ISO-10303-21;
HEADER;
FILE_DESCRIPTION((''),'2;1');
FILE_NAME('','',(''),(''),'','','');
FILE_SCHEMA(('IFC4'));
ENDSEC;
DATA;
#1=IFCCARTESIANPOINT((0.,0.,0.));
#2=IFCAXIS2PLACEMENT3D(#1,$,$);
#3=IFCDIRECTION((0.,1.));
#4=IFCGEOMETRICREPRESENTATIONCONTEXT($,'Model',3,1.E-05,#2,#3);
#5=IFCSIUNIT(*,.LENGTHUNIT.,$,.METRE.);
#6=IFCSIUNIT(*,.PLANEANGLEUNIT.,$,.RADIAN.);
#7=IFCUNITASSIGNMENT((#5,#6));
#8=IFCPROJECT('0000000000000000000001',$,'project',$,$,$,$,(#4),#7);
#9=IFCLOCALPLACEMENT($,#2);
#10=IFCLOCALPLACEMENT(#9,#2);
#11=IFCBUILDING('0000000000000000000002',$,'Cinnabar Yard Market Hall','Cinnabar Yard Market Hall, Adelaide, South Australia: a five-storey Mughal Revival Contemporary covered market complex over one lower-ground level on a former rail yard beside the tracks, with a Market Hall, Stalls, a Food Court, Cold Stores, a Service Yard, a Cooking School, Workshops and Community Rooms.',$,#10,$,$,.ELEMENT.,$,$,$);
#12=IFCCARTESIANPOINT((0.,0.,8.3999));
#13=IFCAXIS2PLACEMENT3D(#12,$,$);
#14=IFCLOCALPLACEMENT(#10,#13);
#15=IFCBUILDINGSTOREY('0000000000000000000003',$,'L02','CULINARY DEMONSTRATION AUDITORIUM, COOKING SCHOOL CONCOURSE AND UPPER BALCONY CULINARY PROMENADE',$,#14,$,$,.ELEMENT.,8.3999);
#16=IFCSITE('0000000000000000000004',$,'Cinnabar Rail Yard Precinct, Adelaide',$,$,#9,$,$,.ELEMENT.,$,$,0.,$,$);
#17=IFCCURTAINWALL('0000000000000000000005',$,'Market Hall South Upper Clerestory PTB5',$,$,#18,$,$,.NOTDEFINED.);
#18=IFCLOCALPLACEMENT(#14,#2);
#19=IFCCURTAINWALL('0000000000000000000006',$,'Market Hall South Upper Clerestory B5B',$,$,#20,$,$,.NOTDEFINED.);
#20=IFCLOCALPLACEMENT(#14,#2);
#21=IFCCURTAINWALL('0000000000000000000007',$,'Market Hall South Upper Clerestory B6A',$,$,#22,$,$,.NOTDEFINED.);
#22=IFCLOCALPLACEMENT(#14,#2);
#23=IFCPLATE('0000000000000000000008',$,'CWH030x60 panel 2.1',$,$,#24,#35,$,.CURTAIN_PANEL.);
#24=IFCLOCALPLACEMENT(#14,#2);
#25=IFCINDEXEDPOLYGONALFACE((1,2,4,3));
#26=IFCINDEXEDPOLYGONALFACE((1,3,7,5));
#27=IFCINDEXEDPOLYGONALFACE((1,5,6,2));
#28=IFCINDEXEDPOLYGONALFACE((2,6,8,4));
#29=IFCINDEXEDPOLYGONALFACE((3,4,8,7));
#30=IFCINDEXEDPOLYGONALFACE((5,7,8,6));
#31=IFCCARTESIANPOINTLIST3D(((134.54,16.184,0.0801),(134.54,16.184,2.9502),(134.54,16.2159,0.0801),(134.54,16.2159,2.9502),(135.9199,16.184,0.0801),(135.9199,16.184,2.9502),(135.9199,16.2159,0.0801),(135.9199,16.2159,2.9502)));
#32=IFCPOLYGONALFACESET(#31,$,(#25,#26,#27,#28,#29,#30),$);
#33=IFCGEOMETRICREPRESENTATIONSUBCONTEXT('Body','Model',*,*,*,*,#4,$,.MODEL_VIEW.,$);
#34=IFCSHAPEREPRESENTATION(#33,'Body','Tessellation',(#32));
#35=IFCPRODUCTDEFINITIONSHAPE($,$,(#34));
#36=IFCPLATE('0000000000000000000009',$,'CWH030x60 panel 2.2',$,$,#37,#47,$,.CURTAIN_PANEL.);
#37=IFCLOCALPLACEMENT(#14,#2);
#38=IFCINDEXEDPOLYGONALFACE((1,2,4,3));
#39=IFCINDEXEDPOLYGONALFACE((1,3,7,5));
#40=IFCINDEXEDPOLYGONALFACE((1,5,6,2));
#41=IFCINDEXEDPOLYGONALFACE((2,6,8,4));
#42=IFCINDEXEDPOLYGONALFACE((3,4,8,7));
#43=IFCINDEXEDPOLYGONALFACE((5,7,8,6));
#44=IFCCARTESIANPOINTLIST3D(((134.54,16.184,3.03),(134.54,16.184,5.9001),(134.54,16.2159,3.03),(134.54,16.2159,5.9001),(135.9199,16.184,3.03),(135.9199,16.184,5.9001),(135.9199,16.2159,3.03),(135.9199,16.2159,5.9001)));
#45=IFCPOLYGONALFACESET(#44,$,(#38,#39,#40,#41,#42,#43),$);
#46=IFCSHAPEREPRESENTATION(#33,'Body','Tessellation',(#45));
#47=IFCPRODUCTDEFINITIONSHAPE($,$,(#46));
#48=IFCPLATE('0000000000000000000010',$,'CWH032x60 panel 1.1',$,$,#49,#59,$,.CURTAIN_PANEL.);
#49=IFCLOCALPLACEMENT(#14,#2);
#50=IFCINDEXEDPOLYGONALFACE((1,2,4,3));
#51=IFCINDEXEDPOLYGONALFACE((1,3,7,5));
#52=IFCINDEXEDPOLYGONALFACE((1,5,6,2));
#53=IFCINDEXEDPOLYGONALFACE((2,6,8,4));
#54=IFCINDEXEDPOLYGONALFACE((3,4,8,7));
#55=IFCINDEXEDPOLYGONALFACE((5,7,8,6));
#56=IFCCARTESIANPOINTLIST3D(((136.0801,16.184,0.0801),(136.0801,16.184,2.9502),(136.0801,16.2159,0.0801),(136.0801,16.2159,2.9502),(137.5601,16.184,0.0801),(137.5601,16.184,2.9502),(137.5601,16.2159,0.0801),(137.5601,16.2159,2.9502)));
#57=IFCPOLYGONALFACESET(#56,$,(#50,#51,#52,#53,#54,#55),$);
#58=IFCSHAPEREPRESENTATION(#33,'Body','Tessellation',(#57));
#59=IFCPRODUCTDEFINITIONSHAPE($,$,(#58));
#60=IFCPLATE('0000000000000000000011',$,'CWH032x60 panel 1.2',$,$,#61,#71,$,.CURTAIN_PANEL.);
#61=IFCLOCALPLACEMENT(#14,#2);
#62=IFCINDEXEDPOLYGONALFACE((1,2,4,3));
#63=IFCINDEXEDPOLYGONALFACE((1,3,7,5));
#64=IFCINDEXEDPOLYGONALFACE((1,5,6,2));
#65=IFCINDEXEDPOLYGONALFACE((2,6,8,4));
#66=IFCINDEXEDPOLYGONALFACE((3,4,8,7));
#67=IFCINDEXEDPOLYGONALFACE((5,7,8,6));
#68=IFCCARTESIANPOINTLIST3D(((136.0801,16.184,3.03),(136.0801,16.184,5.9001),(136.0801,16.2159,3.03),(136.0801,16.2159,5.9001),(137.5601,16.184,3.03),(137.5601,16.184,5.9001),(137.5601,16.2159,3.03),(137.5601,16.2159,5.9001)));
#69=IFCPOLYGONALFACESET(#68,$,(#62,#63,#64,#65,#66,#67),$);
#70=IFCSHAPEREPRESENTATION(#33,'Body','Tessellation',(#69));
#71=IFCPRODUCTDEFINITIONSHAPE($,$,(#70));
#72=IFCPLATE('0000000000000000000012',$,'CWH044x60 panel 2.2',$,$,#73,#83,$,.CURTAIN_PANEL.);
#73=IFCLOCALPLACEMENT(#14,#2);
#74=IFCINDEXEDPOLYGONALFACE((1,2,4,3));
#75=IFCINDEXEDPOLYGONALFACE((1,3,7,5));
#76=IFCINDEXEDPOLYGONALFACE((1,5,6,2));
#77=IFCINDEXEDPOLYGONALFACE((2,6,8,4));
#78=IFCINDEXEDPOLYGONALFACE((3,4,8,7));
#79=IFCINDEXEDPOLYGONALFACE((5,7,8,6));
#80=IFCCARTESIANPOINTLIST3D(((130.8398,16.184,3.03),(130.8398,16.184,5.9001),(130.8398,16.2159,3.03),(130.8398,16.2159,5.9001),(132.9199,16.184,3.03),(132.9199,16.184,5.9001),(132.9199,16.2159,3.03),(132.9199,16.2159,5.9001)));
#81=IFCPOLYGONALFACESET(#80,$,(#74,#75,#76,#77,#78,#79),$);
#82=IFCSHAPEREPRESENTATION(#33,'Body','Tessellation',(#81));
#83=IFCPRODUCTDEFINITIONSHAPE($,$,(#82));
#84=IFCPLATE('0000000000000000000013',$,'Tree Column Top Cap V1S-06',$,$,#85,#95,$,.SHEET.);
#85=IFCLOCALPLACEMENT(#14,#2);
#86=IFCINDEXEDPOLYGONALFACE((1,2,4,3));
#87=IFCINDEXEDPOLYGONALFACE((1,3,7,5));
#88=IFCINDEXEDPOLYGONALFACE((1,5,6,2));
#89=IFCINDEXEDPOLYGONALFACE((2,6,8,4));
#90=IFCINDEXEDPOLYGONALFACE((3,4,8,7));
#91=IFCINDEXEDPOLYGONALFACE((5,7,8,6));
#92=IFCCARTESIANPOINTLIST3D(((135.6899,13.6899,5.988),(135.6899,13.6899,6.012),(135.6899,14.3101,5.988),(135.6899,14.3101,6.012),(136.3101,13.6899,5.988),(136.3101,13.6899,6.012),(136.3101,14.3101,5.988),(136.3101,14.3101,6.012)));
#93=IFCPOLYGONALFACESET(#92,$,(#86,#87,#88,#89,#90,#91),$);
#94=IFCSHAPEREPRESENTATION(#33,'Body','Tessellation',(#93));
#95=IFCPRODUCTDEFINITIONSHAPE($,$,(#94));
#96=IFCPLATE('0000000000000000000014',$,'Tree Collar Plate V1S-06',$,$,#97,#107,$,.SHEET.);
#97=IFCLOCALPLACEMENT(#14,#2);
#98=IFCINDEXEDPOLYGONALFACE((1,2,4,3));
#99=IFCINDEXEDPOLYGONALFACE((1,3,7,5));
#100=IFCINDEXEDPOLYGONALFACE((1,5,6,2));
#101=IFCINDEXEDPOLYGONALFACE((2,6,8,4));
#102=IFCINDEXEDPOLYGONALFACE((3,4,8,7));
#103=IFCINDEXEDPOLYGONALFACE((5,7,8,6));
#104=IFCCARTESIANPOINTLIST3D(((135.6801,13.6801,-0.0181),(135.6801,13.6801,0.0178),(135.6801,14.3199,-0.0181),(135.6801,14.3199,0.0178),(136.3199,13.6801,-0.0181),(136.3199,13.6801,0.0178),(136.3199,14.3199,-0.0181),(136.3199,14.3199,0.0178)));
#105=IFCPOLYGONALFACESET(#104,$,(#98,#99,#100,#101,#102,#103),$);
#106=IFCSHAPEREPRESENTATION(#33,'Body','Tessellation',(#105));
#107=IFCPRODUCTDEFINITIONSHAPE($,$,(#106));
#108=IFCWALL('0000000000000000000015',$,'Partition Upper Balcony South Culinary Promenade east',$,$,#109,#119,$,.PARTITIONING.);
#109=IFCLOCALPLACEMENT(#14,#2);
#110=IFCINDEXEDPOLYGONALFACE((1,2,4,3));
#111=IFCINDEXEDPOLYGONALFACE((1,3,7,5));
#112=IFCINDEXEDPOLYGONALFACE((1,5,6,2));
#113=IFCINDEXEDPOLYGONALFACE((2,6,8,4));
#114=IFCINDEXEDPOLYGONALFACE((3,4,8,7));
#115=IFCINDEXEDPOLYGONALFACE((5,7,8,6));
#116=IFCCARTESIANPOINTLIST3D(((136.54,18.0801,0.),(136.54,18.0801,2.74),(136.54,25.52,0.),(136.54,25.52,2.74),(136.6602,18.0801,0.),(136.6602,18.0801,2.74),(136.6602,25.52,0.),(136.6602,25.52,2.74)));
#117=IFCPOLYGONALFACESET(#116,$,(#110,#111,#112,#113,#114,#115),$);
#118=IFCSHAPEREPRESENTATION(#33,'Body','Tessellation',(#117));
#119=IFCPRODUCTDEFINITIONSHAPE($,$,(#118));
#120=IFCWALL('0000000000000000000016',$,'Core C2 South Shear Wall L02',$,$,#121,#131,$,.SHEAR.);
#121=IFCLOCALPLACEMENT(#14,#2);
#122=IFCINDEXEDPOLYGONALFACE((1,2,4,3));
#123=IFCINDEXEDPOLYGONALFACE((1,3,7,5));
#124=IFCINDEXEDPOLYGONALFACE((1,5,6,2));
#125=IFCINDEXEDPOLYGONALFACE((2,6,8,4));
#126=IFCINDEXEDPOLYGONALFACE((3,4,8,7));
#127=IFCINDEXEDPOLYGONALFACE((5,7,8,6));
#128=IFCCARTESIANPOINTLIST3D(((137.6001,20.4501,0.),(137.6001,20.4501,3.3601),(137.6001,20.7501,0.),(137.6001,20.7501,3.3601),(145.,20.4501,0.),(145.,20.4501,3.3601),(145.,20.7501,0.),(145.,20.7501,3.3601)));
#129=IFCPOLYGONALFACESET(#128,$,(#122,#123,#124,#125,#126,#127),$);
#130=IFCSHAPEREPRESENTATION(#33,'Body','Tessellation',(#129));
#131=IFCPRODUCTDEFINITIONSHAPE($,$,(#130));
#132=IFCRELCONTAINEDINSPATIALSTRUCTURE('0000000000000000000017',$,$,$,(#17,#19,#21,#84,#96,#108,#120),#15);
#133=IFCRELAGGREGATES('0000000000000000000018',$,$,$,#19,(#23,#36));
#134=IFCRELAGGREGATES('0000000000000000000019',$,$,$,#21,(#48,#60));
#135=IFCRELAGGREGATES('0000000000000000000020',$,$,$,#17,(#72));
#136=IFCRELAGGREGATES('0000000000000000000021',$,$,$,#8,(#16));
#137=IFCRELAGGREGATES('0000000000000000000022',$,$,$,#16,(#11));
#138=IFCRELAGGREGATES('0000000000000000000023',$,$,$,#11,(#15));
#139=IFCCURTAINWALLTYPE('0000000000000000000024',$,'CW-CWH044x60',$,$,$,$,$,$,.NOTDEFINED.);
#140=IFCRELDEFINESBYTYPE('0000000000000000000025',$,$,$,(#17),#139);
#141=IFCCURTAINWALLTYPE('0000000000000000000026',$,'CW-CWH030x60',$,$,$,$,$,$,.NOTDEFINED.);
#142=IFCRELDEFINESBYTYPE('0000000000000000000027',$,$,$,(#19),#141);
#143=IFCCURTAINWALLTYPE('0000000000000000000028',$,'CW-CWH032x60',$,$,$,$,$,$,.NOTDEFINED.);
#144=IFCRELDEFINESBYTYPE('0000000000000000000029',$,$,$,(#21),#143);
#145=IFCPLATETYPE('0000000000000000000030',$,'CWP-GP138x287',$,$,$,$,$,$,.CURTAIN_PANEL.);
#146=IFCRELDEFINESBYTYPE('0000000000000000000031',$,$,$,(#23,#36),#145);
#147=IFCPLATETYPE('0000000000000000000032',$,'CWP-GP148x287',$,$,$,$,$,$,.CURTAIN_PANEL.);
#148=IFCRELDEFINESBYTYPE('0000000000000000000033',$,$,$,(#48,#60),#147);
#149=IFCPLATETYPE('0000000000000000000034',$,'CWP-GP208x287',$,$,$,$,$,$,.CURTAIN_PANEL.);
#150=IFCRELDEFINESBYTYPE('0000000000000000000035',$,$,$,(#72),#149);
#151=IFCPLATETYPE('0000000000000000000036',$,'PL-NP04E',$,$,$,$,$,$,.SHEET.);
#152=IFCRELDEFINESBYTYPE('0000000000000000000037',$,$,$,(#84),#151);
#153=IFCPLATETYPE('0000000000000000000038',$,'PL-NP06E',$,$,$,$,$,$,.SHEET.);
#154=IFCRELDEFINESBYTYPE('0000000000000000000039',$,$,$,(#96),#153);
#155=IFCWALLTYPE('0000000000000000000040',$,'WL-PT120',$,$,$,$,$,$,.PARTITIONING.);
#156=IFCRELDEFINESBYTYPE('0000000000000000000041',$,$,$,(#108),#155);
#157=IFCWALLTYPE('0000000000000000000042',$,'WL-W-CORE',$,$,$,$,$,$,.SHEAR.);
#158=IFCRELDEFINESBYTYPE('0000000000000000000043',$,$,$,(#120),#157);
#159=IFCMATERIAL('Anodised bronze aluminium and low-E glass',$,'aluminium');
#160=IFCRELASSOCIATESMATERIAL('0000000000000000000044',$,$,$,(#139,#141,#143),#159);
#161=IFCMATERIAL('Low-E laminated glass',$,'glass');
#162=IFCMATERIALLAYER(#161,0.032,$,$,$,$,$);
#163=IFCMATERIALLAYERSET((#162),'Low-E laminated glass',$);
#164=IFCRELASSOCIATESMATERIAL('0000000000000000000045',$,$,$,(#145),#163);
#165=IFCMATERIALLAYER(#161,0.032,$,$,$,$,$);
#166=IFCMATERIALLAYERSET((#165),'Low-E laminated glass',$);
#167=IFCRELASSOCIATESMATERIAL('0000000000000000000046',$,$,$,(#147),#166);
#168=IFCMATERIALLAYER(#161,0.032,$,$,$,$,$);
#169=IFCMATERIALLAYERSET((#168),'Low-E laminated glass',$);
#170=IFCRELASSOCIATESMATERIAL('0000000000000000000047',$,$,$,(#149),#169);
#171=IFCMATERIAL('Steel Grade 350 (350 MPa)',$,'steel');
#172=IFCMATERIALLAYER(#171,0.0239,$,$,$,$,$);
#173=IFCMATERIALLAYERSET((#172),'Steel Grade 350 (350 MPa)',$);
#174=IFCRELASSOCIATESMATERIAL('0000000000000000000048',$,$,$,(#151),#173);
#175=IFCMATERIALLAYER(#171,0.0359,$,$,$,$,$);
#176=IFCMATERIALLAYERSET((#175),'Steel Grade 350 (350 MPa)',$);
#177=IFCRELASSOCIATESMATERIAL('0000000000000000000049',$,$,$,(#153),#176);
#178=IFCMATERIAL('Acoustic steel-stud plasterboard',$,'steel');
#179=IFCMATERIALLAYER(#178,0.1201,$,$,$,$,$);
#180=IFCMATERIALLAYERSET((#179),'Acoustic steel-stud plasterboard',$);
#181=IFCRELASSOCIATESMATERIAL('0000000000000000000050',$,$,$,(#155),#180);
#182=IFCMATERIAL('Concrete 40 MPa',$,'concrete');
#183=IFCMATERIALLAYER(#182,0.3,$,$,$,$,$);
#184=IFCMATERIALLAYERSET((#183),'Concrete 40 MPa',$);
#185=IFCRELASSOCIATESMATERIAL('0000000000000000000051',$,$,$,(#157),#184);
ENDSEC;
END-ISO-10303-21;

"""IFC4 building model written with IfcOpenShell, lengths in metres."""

from ifc_helpers import new_model, si_unit, direction, frame, frame_2d, origin, origin_2d_with_axis, place, context, subcontext, project, spatial, rectangle, extrude, material, layer, layer_set, type_object, element, aggregate, save


model = new_model("IFC4")

# Units and contexts
model_context = context("Model", 3, precision=1e-05, world=origin(), true_north=direction((0.0, 1.0)))
body_context = subcontext(model_context, "Body", "Model", "MODEL_VIEW")
ifc_project = project(units=[si_unit("LENGTHUNIT", "METRE"), si_unit("PLANEANGLEUNIT", "RADIAN")], contexts=[model_context])

# Site, building, storey
site_placement = place(None, origin())
site = spatial("IfcSite", under=ifc_project, at=site_placement, Name="Cinnabar Rail Yard Precinct, Adelaide", CompositionType="ELEMENT", RefElevation=0.0)
building_placement = place(site_placement, origin())
building = spatial("IfcBuilding", under=site, at=building_placement, Name="Cinnabar Yard Market Hall", Description="Cinnabar Yard Market Hall, Adelaide, South Australia: a five-storey Mughal Revival Contemporary covered market complex over one lower-ground level on a former rail yard beside the tracks, with a Market Hall, Stalls, a Food Court, Cold Stores, a Service Yard, a Cooking School, Workshops and Community Rooms.", CompositionType="ELEMENT")
storey_placement = place(building_placement, frame((0.0, 0.0, 8.3999)))
storey = spatial("IfcBuildingStorey", under=building, at=storey_placement, Name="L02", Description="CULINARY DEMONSTRATION AUDITORIUM, COOKING SCHOOL CONCOURSE AND UPPER BALCONY CULINARY PROMENADE", CompositionType="ELEMENT", Elevation=8.3999)

# Curtain wall
ifc_material_1 = material(Name="Anodised bronze aluminium and low-E glass", Category="aluminium")
curtain_wall_type_1 = type_object("IfcCurtainWallType", Name="CW-CWH044x60", PredefinedType="NOTDEFINED", material=ifc_material_1)
curtain_wall_1_placement = place(storey_placement, origin())
curtain_wall_1 = element("IfcCurtainWall", 1, at=curtain_wall_1_placement, inside=storey, type_object=curtain_wall_type_1, Name="Market Hall South Upper Clerestory PTB5", PredefinedType="NOTDEFINED")

# Curtain walls
curtain_wall_type_2 = type_object("IfcCurtainWallType", Name="CW-CWH030x60", PredefinedType="NOTDEFINED", material=ifc_material_1)
curtain_wall_2_placement = place(storey_placement, origin())
curtain_wall_2 = element("IfcCurtainWall", 2, at=curtain_wall_2_placement, inside=storey, type_object=curtain_wall_type_2, Name="Market Hall South Upper Clerestory B5B", PredefinedType="NOTDEFINED")
curtain_wall_type_3 = type_object("IfcCurtainWallType", Name="CW-CWH032x60", PredefinedType="NOTDEFINED", material=ifc_material_1)
curtain_wall_3_placement = place(storey_placement, origin())
curtain_wall_3 = element("IfcCurtainWall", 3, at=curtain_wall_3_placement, inside=storey, type_object=curtain_wall_type_3, Name="Market Hall South Upper Clerestory B6A", PredefinedType="NOTDEFINED")

# Plates
ifc_material_2 = material(Name="Low-E laminated glass", Category="glass")
ifc_layer_1 = layer(ifc_material_2, 0.032)
ifc_layer_set_1 = layer_set([ifc_layer_1], Name="Low-E laminated glass")
plate_type_1 = type_object("IfcPlateType", Name="CWP-GP138x287", PredefinedType="CURTAIN_PANEL", material=ifc_layer_set_1)
plate_1_placement = place(storey_placement, frame((135.23, 16.2, 0.0801), z_axis=(0.0, 0.0, 1.0), x_axis=(1.0, 0.0, 0.0)))
plate_1 = element("IfcPlate", 4, at=plate_1_placement, type_object=plate_type_1, Name="CWH030x60 panel 2.1", PredefinedType="CURTAIN_PANEL", context=body_context, shape_type="SweptSolid", body=[
    extrude(rectangle(XDim=1.3799, YDim=0.032, at=origin_2d_with_axis()), origin(), (0.0, 0.0, 1.0), 2.8701),
])
plate_2_placement = place(storey_placement, frame((135.23, 16.2, 3.03), z_axis=(0.0, 0.0, 1.0), x_axis=(1.0, 0.0, 0.0)))
plate_2 = element("IfcPlate", 5, at=plate_2_placement, type_object=plate_type_1, Name="CWH030x60 panel 2.2", PredefinedType="CURTAIN_PANEL", context=body_context, shape_type="SweptSolid", body=[
    extrude(rectangle(XDim=1.3799, YDim=0.032, at=origin_2d_with_axis()), origin(), (0.0, 0.0, 1.0), 2.8701),
])
aggregate(curtain_wall_2, [plate_1, plate_2])
ifc_layer_2 = layer(ifc_material_2, 0.032)
ifc_layer_set_2 = layer_set([ifc_layer_2], Name="Low-E laminated glass")
plate_type_2 = type_object("IfcPlateType", Name="CWP-GP148x287", PredefinedType="CURTAIN_PANEL", material=ifc_layer_set_2)
plate_3_placement = place(storey_placement, frame((136.8201, 16.2, 0.0801), z_axis=(0.0, 0.0, 1.0), x_axis=(1.0, 0.0, 0.0)))
plate_3 = element("IfcPlate", 6, at=plate_3_placement, type_object=plate_type_2, Name="CWH032x60 panel 1.1", PredefinedType="CURTAIN_PANEL", context=body_context, shape_type="SweptSolid", body=[
    extrude(rectangle(XDim=1.48, YDim=0.032, at=origin_2d_with_axis()), origin(), (0.0, 0.0, 1.0), 2.8701),
])
plate_4_placement = place(storey_placement, frame((136.8201, 16.2, 3.03), z_axis=(0.0, 0.0, 1.0), x_axis=(1.0, 0.0, 0.0)))
plate_4 = element("IfcPlate", 7, at=plate_4_placement, type_object=plate_type_2, Name="CWH032x60 panel 1.2", PredefinedType="CURTAIN_PANEL", context=body_context, shape_type="SweptSolid", body=[
    extrude(rectangle(XDim=1.48, YDim=0.032, at=origin_2d_with_axis()), origin(), (0.0, 0.0, 1.0), 2.8701),
])
aggregate(curtain_wall_3, [plate_3, plate_4])
ifc_layer_3 = layer(ifc_material_2, 0.032)
ifc_layer_set_3 = layer_set([ifc_layer_3], Name="Low-E laminated glass")
plate_type_3 = type_object("IfcPlateType", Name="CWP-GP208x287", PredefinedType="CURTAIN_PANEL", material=ifc_layer_set_3)
plate_5_placement = place(storey_placement, frame((131.8799, 16.2, 3.03), z_axis=(0.0, 0.0, 1.0), x_axis=(1.0, 0.0, 0.0)))
plate_5 = element("IfcPlate", 8, at=plate_5_placement, type_object=plate_type_3, Name="CWH044x60 panel 2.2", PredefinedType="CURTAIN_PANEL", context=body_context, shape_type="SweptSolid", body=[
    extrude(rectangle(XDim=2.0801, YDim=0.032, at=origin_2d_with_axis()), origin(), (0.0, 0.0, 1.0), 2.8701),
])
aggregate(curtain_wall_1, [plate_5])

# Plates
ifc_material_3 = material(Name="Steel Grade 350 (350 MPa)", Category="steel")
ifc_layer_4 = layer(ifc_material_3, 0.0239)
ifc_layer_set_4 = layer_set([ifc_layer_4], Name="Steel Grade 350 (350 MPa)")
plate_type_4 = type_object("IfcPlateType", Name="PL-NP04E", PredefinedType="SHEET", material=ifc_layer_set_4)
plate_6_placement = place(storey_placement, frame((136.0, 14.0, 5.988), z_axis=(0.0, 0.0, 1.0), x_axis=(1.0, 0.0, 0.0)))
element("IfcPlate", 9, at=plate_6_placement, inside=storey, type_object=plate_type_4, Name="Tree Column Top Cap V1S-06", PredefinedType="SHEET", context=body_context, shape_type="SweptSolid", body=[
    extrude(rectangle(XDim=0.6201, YDim=0.6201, at=origin_2d_with_axis()), origin(), (0.0, 0.0, 1.0), 0.0239),
])
ifc_layer_5 = layer(ifc_material_3, 0.0359)
ifc_layer_set_5 = layer_set([ifc_layer_5], Name="Steel Grade 350 (350 MPa)")
plate_type_5 = type_object("IfcPlateType", Name="PL-NP06E", PredefinedType="SHEET", material=ifc_layer_set_5)
plate_7_placement = place(storey_placement, frame((136.0, 14.0, -0.0181), z_axis=(0.0, 0.0, 1.0), x_axis=(1.0, 0.0, 0.0)))
element("IfcPlate", 10, at=plate_7_placement, inside=storey, type_object=plate_type_5, Name="Tree Collar Plate V1S-06", PredefinedType="SHEET", context=body_context, shape_type="SweptSolid", body=[
    extrude(rectangle(XDim=0.6399, YDim=0.6399, at=origin_2d_with_axis()), origin(), (0.0, 0.0, 1.0), 0.0359),
])

# Walls
ifc_material_4 = material(Name="Acoustic steel-stud plasterboard", Category="steel")
ifc_layer_6 = layer(ifc_material_4, 0.1201)
ifc_layer_set_6 = layer_set([ifc_layer_6], Name="Acoustic steel-stud plasterboard")
wall_type_1 = type_object("IfcWallType", Name="WL-PT120", PredefinedType="PARTITIONING", material=ifc_layer_set_6)
wall_1_placement = place(storey_placement, frame((136.6001, 18.0801, 0.0), z_axis=(0.0, 0.0, 1.0), x_axis=(0.0, 1.0, 0.0)))
element("IfcWall", 11, at=wall_1_placement, inside=storey, type_object=wall_type_1, Name="Partition Upper Balcony South Culinary Promenade east", PredefinedType="PARTITIONING", context=body_context, shape_type="SweptSolid", body=[
    extrude(rectangle(XDim=7.4399, YDim=0.1201, at=frame_2d((3.72, 0.0), x_axis=(1.0, 0.0))), origin(), (0.0, 0.0, 1.0), 2.74),
])
ifc_material_5 = material(Name="Concrete 40 MPa", Category="concrete")
ifc_layer_7 = layer(ifc_material_5, 0.3)
ifc_layer_set_7 = layer_set([ifc_layer_7], Name="Concrete 40 MPa")
wall_type_2 = type_object("IfcWallType", Name="WL-W-CORE", PredefinedType="SHEAR", material=ifc_layer_set_7)
wall_2_placement = place(storey_placement, frame((137.6001, 20.6001, 0.0), z_axis=(0.0, 0.0, 1.0), x_axis=(1.0, 0.0, 0.0)))
element("IfcWall", 12, at=wall_2_placement, inside=storey, type_object=wall_type_2, Name="Core C2 South Shear Wall L02", PredefinedType="SHEAR", context=body_context, shape_type="SweptSolid", body=[
    extrude(rectangle(XDim=7.3999, YDim=0.3, at=frame_2d((3.7, 0.0), x_axis=(1.0, 0.0))), origin(), (0.0, 0.0, 1.0), 3.3601),
])

save(model, "model.ifc")
